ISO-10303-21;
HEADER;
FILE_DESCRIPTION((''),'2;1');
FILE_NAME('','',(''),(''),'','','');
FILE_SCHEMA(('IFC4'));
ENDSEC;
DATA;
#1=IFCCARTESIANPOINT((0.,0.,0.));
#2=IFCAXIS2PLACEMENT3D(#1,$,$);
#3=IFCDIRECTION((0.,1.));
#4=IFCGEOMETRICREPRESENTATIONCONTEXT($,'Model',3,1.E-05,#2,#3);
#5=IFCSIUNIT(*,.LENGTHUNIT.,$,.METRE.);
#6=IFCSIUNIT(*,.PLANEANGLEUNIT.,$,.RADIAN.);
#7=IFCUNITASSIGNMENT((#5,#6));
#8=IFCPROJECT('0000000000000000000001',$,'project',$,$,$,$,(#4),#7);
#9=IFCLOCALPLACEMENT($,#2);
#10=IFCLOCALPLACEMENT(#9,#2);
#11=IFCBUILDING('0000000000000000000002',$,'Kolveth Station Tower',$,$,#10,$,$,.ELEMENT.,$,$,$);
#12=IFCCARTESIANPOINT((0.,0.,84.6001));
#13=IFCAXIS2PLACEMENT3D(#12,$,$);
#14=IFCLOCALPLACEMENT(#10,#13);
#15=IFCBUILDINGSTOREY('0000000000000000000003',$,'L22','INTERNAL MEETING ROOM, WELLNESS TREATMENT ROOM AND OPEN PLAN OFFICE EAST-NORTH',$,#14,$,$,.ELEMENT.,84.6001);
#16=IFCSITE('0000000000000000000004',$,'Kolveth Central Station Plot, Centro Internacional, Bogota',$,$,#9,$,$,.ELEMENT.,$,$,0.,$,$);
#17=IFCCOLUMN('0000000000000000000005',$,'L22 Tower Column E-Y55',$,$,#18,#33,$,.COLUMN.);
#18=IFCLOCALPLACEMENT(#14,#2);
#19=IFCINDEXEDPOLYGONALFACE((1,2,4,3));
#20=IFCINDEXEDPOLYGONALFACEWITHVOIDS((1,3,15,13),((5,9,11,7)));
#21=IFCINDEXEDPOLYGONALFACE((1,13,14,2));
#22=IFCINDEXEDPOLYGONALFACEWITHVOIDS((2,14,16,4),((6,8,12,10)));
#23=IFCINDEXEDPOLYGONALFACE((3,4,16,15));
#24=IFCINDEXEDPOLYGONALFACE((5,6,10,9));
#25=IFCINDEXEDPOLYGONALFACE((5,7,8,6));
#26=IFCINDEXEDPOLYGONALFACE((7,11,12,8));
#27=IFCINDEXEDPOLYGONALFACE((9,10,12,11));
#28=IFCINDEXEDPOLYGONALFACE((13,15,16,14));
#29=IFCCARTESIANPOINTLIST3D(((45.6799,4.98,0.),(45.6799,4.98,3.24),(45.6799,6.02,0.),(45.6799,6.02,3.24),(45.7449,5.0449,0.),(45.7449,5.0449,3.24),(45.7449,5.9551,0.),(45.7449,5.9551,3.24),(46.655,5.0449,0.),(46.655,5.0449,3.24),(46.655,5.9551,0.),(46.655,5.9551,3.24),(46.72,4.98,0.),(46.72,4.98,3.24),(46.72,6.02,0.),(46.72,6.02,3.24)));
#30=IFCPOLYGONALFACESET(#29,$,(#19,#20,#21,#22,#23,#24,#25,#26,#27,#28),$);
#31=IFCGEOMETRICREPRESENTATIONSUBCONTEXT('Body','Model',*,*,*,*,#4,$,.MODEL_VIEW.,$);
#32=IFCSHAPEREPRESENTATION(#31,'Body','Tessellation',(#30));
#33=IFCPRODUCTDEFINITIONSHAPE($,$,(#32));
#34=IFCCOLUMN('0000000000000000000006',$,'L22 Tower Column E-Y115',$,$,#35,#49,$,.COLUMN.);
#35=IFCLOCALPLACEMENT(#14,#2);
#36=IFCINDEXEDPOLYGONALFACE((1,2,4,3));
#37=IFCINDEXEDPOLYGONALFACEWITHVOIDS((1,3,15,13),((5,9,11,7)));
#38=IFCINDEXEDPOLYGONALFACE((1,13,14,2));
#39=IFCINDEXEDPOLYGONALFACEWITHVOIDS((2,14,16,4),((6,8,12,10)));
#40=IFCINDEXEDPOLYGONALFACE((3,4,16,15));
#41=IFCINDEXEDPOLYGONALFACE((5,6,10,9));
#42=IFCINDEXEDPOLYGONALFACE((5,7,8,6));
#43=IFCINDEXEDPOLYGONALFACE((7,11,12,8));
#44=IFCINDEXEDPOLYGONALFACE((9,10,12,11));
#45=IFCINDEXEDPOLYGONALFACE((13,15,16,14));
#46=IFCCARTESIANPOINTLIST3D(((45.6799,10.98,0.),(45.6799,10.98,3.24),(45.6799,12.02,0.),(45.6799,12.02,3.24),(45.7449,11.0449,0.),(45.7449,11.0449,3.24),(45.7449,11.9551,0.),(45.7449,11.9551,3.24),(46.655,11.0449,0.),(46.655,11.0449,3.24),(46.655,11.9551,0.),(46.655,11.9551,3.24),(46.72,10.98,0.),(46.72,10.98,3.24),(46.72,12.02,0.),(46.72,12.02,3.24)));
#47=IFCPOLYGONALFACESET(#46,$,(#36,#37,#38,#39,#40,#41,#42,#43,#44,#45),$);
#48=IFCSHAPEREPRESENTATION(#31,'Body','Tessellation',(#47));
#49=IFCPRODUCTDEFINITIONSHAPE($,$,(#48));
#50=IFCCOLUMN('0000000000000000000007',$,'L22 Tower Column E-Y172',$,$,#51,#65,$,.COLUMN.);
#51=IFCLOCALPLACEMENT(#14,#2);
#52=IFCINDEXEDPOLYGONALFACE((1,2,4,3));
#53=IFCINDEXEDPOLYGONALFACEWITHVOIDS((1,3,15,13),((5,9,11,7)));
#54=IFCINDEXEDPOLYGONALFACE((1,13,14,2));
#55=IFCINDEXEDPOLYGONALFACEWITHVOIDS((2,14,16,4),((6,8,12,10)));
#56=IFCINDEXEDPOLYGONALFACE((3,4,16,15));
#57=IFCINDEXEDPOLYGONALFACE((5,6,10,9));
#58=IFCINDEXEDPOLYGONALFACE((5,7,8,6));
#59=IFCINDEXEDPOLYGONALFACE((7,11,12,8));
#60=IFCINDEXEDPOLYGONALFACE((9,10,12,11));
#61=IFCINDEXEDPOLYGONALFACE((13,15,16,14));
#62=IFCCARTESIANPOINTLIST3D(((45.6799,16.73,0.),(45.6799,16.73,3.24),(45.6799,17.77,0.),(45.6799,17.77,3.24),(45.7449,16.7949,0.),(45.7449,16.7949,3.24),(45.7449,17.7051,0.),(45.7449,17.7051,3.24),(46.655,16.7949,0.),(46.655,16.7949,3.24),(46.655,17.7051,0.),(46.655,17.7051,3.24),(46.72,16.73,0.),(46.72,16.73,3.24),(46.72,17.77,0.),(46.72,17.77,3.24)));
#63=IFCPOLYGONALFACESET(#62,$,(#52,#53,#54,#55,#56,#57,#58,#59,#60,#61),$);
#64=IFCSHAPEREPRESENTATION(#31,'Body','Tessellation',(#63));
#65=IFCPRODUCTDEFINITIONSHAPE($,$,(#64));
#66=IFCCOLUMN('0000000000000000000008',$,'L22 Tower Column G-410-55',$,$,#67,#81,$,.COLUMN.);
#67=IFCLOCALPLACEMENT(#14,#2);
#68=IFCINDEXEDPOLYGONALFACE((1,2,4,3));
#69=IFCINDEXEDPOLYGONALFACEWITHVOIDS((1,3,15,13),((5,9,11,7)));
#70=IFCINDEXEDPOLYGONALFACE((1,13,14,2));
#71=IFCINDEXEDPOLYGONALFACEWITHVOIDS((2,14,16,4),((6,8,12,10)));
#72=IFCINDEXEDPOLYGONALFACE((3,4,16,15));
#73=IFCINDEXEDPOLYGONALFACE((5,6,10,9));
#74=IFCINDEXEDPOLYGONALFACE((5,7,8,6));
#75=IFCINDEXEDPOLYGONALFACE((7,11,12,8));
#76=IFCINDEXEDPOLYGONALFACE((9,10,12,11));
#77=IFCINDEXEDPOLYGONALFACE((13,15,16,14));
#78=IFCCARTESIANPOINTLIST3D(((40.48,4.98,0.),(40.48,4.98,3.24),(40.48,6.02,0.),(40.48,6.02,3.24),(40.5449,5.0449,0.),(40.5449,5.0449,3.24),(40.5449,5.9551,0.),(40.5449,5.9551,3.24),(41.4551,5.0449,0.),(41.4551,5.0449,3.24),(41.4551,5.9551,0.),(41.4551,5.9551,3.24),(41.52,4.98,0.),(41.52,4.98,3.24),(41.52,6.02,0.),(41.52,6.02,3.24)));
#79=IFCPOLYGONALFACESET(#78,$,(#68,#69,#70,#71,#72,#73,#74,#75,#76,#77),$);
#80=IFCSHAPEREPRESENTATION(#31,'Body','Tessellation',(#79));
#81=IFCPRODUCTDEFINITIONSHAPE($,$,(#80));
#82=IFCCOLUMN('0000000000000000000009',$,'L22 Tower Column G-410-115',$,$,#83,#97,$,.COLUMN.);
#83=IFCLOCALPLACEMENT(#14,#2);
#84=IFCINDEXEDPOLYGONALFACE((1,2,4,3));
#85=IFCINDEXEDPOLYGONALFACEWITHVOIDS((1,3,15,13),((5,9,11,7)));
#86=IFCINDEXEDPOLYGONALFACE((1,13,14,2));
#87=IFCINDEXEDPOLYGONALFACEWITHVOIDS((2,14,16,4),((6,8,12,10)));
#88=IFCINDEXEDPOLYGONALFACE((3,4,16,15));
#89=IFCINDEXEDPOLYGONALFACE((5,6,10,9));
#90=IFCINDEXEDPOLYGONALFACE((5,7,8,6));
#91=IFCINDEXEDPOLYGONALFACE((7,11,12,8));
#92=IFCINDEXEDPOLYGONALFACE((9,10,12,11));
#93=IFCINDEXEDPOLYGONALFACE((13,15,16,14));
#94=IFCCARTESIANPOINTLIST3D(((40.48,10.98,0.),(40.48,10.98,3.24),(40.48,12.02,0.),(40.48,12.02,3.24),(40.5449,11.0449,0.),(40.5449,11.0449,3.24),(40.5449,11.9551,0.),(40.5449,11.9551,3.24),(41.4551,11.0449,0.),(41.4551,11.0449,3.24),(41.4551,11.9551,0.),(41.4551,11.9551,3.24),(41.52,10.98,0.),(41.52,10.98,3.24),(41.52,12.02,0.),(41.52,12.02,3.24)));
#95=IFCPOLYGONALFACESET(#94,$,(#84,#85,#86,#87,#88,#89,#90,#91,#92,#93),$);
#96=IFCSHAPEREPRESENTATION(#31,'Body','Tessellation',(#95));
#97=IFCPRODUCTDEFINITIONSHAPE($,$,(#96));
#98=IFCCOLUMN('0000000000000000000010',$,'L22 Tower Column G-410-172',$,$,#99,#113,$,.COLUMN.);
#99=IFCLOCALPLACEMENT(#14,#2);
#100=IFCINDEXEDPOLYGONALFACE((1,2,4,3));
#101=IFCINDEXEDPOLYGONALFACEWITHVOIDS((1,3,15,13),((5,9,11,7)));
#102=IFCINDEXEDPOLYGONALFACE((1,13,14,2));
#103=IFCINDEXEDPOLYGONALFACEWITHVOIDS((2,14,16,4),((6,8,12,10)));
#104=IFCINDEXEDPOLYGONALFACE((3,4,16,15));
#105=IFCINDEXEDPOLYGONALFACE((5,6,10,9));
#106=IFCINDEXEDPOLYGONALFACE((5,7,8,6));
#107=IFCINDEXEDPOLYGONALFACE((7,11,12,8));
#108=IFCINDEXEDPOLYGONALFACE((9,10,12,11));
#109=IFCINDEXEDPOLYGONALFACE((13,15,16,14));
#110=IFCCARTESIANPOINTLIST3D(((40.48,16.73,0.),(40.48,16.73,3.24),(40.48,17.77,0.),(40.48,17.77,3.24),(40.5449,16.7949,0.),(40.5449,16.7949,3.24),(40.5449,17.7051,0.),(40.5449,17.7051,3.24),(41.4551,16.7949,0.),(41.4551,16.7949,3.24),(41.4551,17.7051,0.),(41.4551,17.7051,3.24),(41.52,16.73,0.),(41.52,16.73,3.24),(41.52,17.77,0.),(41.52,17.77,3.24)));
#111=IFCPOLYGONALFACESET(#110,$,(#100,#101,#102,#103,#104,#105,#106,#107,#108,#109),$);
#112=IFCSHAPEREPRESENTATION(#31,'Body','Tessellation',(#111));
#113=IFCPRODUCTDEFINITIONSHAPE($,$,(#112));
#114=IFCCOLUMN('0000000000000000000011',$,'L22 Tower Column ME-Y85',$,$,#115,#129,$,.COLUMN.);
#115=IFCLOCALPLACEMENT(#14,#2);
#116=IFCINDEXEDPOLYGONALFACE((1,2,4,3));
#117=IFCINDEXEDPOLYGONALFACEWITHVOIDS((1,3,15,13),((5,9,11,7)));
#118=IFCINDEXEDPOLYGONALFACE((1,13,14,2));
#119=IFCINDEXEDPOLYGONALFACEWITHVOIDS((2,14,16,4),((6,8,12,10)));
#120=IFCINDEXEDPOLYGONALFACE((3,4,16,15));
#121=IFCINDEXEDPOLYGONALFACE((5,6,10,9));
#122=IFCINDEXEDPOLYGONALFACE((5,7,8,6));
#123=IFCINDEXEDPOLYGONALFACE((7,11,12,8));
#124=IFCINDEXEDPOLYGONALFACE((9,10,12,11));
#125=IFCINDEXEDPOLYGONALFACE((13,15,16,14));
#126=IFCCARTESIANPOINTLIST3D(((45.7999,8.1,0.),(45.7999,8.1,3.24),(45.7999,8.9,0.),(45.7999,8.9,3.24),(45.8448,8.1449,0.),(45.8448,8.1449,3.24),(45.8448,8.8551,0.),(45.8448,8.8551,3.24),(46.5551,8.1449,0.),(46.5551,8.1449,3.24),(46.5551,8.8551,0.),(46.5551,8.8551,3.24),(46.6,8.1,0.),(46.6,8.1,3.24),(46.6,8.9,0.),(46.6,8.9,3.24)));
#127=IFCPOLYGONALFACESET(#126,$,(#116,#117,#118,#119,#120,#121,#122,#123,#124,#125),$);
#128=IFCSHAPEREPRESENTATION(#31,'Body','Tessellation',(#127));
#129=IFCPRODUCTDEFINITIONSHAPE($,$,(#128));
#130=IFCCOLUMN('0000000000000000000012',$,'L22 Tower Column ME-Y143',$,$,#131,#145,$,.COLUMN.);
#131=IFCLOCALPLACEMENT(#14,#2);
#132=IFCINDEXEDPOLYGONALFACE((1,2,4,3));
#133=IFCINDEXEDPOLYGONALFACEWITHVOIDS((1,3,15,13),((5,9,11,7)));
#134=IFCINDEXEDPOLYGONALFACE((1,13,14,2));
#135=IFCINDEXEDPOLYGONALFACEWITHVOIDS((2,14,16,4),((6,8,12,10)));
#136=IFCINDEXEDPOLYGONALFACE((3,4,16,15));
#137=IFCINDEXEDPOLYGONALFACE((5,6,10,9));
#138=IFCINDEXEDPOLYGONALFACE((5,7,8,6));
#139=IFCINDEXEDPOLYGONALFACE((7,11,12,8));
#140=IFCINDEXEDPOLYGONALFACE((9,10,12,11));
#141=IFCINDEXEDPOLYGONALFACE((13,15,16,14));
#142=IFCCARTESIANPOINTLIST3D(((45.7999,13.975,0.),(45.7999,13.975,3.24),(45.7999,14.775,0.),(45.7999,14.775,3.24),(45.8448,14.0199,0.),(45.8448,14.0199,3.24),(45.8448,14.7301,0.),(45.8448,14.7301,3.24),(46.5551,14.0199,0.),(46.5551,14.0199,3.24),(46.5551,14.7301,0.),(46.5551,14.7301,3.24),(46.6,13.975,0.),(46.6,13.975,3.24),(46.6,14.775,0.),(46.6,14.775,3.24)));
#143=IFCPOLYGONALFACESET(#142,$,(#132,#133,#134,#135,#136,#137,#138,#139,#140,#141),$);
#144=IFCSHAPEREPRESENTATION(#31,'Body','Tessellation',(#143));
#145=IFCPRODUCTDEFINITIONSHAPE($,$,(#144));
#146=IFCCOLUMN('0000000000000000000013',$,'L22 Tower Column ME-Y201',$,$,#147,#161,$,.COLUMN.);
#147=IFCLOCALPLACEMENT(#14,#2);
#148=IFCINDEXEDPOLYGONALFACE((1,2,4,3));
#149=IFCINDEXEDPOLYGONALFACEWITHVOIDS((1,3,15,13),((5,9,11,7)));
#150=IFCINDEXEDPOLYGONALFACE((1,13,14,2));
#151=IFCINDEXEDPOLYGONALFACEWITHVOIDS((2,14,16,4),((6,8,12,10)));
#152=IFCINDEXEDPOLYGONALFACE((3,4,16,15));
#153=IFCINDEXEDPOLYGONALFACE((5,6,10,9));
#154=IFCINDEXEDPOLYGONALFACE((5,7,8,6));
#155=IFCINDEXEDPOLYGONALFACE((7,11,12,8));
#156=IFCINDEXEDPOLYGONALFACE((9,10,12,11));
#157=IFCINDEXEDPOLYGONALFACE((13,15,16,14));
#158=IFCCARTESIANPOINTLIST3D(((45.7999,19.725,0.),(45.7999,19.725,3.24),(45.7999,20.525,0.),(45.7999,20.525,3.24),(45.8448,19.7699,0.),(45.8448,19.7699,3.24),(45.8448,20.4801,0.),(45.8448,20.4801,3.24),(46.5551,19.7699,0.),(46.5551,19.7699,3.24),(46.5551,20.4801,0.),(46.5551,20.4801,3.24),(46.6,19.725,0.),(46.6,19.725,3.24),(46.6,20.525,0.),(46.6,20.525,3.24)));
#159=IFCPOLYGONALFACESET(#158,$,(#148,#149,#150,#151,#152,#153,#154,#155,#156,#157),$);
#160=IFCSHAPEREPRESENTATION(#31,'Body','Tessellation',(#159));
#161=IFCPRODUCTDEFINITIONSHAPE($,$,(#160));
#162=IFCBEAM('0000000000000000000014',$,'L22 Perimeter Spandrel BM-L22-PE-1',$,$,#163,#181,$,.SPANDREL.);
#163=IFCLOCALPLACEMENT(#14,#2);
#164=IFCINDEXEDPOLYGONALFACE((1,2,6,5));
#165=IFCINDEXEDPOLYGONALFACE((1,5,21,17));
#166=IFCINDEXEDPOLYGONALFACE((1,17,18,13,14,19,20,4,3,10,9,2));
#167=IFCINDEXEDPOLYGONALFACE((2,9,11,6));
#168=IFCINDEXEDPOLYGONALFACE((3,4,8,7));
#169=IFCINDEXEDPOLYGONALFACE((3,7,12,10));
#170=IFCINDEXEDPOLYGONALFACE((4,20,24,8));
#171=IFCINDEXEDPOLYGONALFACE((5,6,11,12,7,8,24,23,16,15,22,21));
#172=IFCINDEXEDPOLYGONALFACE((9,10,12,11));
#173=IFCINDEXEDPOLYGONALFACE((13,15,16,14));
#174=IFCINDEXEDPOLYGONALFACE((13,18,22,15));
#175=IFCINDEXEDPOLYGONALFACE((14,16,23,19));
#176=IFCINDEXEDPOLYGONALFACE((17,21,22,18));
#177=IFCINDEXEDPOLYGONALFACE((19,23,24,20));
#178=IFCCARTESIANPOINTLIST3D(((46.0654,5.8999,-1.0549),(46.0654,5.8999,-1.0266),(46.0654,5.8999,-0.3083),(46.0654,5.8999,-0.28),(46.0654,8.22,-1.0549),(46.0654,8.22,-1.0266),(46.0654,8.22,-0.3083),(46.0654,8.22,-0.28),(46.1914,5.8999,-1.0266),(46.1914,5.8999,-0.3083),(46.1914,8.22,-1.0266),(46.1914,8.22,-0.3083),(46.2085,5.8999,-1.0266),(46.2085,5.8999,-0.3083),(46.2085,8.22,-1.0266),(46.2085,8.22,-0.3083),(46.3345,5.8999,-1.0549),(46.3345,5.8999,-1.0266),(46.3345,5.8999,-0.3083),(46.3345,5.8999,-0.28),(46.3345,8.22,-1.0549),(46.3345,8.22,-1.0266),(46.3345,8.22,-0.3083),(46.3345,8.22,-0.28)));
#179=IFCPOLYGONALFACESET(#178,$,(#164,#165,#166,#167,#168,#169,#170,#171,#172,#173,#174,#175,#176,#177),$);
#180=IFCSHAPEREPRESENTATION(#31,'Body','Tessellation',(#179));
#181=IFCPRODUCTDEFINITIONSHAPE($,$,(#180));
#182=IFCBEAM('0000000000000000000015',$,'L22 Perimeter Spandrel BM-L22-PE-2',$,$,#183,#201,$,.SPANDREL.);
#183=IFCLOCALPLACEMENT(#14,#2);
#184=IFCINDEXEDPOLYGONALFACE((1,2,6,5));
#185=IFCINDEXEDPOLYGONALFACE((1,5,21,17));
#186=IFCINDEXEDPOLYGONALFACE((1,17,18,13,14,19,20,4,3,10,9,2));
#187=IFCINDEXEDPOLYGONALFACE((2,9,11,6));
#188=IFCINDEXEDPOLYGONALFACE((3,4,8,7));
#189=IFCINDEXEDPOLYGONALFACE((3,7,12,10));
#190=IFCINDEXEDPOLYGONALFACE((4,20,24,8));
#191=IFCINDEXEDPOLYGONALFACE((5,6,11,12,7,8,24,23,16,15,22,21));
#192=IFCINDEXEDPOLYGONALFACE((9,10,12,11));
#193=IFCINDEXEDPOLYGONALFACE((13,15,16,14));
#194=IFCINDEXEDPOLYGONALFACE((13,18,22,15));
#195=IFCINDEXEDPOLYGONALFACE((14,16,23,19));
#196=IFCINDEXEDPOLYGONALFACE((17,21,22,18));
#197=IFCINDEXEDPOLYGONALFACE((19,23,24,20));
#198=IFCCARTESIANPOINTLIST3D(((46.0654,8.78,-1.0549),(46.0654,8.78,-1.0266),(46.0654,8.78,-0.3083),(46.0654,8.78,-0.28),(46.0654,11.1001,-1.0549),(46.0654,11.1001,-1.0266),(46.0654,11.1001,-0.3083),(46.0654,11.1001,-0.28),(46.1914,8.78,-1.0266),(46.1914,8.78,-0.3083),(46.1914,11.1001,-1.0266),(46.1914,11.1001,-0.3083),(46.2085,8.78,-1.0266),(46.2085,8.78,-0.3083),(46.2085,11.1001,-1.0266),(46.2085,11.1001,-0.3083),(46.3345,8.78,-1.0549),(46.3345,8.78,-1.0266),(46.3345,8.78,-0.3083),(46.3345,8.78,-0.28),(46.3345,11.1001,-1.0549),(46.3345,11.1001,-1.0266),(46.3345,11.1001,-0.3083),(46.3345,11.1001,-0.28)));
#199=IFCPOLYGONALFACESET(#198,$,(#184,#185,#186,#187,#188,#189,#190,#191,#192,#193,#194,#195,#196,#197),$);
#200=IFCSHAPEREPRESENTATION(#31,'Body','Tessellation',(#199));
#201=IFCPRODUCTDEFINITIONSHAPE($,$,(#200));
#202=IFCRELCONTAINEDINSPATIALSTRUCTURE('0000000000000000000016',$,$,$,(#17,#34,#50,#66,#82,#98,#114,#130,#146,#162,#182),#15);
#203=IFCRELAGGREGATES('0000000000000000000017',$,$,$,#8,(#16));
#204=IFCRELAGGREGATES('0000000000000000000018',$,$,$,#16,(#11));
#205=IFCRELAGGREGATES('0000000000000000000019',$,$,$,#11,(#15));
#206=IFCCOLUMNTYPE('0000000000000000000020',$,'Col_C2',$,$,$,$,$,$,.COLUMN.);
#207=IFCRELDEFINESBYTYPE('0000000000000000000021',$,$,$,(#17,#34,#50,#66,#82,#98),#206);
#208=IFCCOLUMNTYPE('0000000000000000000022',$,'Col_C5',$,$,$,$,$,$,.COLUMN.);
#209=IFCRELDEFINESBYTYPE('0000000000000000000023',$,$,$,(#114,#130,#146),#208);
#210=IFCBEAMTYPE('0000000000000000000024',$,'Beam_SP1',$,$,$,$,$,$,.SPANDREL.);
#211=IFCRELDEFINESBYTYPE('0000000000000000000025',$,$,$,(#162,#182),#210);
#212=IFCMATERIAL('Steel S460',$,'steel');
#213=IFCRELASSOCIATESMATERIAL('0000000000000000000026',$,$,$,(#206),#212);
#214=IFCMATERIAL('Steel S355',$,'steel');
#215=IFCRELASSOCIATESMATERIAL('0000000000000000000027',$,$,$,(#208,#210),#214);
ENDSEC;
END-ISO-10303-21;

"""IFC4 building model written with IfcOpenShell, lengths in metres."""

from ifc_helpers import new_model, si_unit, direction, frame, origin, origin_2d, place, context, subcontext, project, spatial, hollow_rectangle, i_section, extrude, source, transform, mapped, material, material_profile, profile_set, type_object, element, save


model = new_model("IFC4")

# Units and contexts
model_context = context("Model", 3, precision=1e-05, world=origin(), true_north=direction((0.0, 1.0)))
body_context = subcontext(model_context, "Body", "Model", "MODEL_VIEW")
ifc_project = project(units=[si_unit("LENGTHUNIT", "METRE"), si_unit("PLANEANGLEUNIT", "RADIAN")], contexts=[model_context])

# Site, building, storey
site_placement = place(None, origin())
site = spatial("IfcSite", under=ifc_project, at=site_placement, Name="Kolveth Central Station Plot, Centro Internacional, Bogota", CompositionType="ELEMENT", RefElevation=0.0)
building_placement = place(site_placement, origin())
building = spatial("IfcBuilding", under=site, at=building_placement, Name="Kolveth Station Tower", CompositionType="ELEMENT")
storey_placement = place(building_placement, frame((0.0, 0.0, 84.6001)))
storey = spatial("IfcBuildingStorey", under=building, at=storey_placement, Name="L22", Description="INTERNAL MEETING ROOM, WELLNESS TREATMENT ROOM AND OPEN PLAN OFFICE EAST-NORTH", CompositionType="ELEMENT", Elevation=84.6001)

# Columns
ifc_material_1 = material(Name="Steel S460", Category="steel")
ifc_material_profile_1 = material_profile(ifc_material_1, hollow_rectangle(XDim=1.04, YDim=1.04, WallThickness=0.0649, at=origin_2d()), Name="BOX1040x1040x65")
ifc_profile_set_1 = profile_set([ifc_material_profile_1], Name="Steel S460")
column_type_1 = type_object("IfcColumnType", Name="Col_C2", PredefinedType="COLUMN", material=ifc_profile_set_1)
shared_shape_1 = source(origin(), body_context, "Body", "SweptSolid", [
    extrude(hollow_rectangle(XDim=1.04, YDim=1.04, WallThickness=0.0649, at=origin_2d()), origin(), (0.0, 0.0, 1.0), 3.24),
])
for number, where, z_axis, x_axis, name in (
    (1, (46.2, 5.5, 0.0), (0.0, 0.0, 1.0), (1.0, 0.0, 0.0), "L22 Tower Column E-Y55"),
    (2, (46.2, 11.5, 0.0), (0.0, 0.0, 1.0), (1.0, 0.0, 0.0), "L22 Tower Column E-Y115"),
    (3, (46.2, 17.25, 0.0), (0.0, 0.0, 1.0), (1.0, 0.0, 0.0), "L22 Tower Column E-Y172"),
    (4, (41.0, 5.5, 0.0), (0.0, 0.0, 1.0), (1.0, 0.0, 0.0), "L22 Tower Column G-410-55"),
    (5, (41.0, 11.5, 0.0), (0.0, 0.0, 1.0), (1.0, 0.0, 0.0), "L22 Tower Column G-410-115"),
    (6, (41.0, 17.25, 0.0), (0.0, 0.0, 1.0), (1.0, 0.0, 0.0), "L22 Tower Column G-410-172"),
):
    element("IfcColumn", number, at=place(storey_placement, frame(where, z_axis=z_axis, x_axis=x_axis)), inside=storey, type_object=column_type_1, Name=name, PredefinedType="COLUMN", context=body_context, shape_type="MappedRepresentation", body=[
        mapped(shared_shape_1, transform((0.0, 0.0, 0.0), x_axis=(1.0, 0.0, 0.0), y_axis=(0.0, 1.0, 0.0), z_axis=(0.0, 0.0, 1.0), scale=1.0)),
    ])
ifc_material_2 = material(Name="Steel S355", Category="steel")
ifc_material_profile_2 = material_profile(ifc_material_2, hollow_rectangle(XDim=0.8, YDim=0.8, WallThickness=0.0449, at=origin_2d()), Name="BOX800x800x45")
ifc_profile_set_2 = profile_set([ifc_material_profile_2], Name="Steel S355")
column_type_2 = type_object("IfcColumnType", Name="Col_C5", PredefinedType="COLUMN", material=ifc_profile_set_2)
shared_shape_2 = source(origin(), body_context, "Body", "SweptSolid", [
    extrude(hollow_rectangle(XDim=0.8, YDim=0.8, WallThickness=0.0449, at=origin_2d()), origin(), (0.0, 0.0, 1.0), 3.24),
])
for number, where, z_axis, x_axis, name in (
    (7, (46.2, 8.5, 0.0), (0.0, 0.0, 1.0), (1.0, 0.0, 0.0), "L22 Tower Column ME-Y85"),
    (8, (46.2, 14.375, 0.0), (0.0, 0.0, 1.0), (1.0, 0.0, 0.0), "L22 Tower Column ME-Y143"),
    (9, (46.2, 20.125, 0.0), (0.0, 0.0, 1.0), (1.0, 0.0, 0.0), "L22 Tower Column ME-Y201"),
):
    element("IfcColumn", number, at=place(storey_placement, frame(where, z_axis=z_axis, x_axis=x_axis)), inside=storey, type_object=column_type_2, Name=name, PredefinedType="COLUMN", context=body_context, shape_type="MappedRepresentation", body=[
        mapped(shared_shape_2, transform((0.0, 0.0, 0.0), x_axis=(1.0, 0.0, 0.0), y_axis=(0.0, 1.0, 0.0), z_axis=(0.0, 0.0, 1.0), scale=1.0)),
    ])

# Beams
ifc_material_profile_3 = material_profile(ifc_material_2, i_section(OverallWidth=0.269, OverallDepth=0.7749, WebThickness=0.0171, FlangeThickness=0.0283, at=origin_2d()), Name="W760x220")
ifc_profile_set_3 = profile_set([ifc_material_profile_3], Name="Steel S355")
beam_type_1 = type_object("IfcBeamType", Name="Beam_SP1", PredefinedType="SPANDREL", material=ifc_profile_set_3)
shared_shape_3 = source(origin(), body_context, "Body", "SweptSolid", [
    extrude(i_section(OverallWidth=0.269, OverallDepth=0.7749, WebThickness=0.0171, FlangeThickness=0.0283, at=origin_2d()), origin(), (0.0, 0.0, 1.0), 2.3201),
])
for number, where, z_axis, x_axis, name in (
    (10, (46.2, 5.8999, -0.6675), (0.0, 1.0, 0.0), (-1.0, 0.0, 0.0), "L22 Perimeter Spandrel BM-L22-PE-1"),
    (11, (46.2, 8.78, -0.6675), (0.0, 1.0, 0.0), (-1.0, 0.0, 0.0), "L22 Perimeter Spandrel BM-L22-PE-2"),
):
    element("IfcBeam", number, at=place(storey_placement, frame(where, z_axis=z_axis, x_axis=x_axis)), inside=storey, type_object=beam_type_1, Name=name, PredefinedType="SPANDREL", context=body_context, shape_type="MappedRepresentation", body=[
        mapped(shared_shape_3, transform((0.0, 0.0, 0.0), x_axis=(1.0, 0.0, 0.0), y_axis=(0.0, 1.0, 0.0), z_axis=(0.0, 0.0, 1.0), scale=1.0)),
    ])

save(model, "model.ifc")
